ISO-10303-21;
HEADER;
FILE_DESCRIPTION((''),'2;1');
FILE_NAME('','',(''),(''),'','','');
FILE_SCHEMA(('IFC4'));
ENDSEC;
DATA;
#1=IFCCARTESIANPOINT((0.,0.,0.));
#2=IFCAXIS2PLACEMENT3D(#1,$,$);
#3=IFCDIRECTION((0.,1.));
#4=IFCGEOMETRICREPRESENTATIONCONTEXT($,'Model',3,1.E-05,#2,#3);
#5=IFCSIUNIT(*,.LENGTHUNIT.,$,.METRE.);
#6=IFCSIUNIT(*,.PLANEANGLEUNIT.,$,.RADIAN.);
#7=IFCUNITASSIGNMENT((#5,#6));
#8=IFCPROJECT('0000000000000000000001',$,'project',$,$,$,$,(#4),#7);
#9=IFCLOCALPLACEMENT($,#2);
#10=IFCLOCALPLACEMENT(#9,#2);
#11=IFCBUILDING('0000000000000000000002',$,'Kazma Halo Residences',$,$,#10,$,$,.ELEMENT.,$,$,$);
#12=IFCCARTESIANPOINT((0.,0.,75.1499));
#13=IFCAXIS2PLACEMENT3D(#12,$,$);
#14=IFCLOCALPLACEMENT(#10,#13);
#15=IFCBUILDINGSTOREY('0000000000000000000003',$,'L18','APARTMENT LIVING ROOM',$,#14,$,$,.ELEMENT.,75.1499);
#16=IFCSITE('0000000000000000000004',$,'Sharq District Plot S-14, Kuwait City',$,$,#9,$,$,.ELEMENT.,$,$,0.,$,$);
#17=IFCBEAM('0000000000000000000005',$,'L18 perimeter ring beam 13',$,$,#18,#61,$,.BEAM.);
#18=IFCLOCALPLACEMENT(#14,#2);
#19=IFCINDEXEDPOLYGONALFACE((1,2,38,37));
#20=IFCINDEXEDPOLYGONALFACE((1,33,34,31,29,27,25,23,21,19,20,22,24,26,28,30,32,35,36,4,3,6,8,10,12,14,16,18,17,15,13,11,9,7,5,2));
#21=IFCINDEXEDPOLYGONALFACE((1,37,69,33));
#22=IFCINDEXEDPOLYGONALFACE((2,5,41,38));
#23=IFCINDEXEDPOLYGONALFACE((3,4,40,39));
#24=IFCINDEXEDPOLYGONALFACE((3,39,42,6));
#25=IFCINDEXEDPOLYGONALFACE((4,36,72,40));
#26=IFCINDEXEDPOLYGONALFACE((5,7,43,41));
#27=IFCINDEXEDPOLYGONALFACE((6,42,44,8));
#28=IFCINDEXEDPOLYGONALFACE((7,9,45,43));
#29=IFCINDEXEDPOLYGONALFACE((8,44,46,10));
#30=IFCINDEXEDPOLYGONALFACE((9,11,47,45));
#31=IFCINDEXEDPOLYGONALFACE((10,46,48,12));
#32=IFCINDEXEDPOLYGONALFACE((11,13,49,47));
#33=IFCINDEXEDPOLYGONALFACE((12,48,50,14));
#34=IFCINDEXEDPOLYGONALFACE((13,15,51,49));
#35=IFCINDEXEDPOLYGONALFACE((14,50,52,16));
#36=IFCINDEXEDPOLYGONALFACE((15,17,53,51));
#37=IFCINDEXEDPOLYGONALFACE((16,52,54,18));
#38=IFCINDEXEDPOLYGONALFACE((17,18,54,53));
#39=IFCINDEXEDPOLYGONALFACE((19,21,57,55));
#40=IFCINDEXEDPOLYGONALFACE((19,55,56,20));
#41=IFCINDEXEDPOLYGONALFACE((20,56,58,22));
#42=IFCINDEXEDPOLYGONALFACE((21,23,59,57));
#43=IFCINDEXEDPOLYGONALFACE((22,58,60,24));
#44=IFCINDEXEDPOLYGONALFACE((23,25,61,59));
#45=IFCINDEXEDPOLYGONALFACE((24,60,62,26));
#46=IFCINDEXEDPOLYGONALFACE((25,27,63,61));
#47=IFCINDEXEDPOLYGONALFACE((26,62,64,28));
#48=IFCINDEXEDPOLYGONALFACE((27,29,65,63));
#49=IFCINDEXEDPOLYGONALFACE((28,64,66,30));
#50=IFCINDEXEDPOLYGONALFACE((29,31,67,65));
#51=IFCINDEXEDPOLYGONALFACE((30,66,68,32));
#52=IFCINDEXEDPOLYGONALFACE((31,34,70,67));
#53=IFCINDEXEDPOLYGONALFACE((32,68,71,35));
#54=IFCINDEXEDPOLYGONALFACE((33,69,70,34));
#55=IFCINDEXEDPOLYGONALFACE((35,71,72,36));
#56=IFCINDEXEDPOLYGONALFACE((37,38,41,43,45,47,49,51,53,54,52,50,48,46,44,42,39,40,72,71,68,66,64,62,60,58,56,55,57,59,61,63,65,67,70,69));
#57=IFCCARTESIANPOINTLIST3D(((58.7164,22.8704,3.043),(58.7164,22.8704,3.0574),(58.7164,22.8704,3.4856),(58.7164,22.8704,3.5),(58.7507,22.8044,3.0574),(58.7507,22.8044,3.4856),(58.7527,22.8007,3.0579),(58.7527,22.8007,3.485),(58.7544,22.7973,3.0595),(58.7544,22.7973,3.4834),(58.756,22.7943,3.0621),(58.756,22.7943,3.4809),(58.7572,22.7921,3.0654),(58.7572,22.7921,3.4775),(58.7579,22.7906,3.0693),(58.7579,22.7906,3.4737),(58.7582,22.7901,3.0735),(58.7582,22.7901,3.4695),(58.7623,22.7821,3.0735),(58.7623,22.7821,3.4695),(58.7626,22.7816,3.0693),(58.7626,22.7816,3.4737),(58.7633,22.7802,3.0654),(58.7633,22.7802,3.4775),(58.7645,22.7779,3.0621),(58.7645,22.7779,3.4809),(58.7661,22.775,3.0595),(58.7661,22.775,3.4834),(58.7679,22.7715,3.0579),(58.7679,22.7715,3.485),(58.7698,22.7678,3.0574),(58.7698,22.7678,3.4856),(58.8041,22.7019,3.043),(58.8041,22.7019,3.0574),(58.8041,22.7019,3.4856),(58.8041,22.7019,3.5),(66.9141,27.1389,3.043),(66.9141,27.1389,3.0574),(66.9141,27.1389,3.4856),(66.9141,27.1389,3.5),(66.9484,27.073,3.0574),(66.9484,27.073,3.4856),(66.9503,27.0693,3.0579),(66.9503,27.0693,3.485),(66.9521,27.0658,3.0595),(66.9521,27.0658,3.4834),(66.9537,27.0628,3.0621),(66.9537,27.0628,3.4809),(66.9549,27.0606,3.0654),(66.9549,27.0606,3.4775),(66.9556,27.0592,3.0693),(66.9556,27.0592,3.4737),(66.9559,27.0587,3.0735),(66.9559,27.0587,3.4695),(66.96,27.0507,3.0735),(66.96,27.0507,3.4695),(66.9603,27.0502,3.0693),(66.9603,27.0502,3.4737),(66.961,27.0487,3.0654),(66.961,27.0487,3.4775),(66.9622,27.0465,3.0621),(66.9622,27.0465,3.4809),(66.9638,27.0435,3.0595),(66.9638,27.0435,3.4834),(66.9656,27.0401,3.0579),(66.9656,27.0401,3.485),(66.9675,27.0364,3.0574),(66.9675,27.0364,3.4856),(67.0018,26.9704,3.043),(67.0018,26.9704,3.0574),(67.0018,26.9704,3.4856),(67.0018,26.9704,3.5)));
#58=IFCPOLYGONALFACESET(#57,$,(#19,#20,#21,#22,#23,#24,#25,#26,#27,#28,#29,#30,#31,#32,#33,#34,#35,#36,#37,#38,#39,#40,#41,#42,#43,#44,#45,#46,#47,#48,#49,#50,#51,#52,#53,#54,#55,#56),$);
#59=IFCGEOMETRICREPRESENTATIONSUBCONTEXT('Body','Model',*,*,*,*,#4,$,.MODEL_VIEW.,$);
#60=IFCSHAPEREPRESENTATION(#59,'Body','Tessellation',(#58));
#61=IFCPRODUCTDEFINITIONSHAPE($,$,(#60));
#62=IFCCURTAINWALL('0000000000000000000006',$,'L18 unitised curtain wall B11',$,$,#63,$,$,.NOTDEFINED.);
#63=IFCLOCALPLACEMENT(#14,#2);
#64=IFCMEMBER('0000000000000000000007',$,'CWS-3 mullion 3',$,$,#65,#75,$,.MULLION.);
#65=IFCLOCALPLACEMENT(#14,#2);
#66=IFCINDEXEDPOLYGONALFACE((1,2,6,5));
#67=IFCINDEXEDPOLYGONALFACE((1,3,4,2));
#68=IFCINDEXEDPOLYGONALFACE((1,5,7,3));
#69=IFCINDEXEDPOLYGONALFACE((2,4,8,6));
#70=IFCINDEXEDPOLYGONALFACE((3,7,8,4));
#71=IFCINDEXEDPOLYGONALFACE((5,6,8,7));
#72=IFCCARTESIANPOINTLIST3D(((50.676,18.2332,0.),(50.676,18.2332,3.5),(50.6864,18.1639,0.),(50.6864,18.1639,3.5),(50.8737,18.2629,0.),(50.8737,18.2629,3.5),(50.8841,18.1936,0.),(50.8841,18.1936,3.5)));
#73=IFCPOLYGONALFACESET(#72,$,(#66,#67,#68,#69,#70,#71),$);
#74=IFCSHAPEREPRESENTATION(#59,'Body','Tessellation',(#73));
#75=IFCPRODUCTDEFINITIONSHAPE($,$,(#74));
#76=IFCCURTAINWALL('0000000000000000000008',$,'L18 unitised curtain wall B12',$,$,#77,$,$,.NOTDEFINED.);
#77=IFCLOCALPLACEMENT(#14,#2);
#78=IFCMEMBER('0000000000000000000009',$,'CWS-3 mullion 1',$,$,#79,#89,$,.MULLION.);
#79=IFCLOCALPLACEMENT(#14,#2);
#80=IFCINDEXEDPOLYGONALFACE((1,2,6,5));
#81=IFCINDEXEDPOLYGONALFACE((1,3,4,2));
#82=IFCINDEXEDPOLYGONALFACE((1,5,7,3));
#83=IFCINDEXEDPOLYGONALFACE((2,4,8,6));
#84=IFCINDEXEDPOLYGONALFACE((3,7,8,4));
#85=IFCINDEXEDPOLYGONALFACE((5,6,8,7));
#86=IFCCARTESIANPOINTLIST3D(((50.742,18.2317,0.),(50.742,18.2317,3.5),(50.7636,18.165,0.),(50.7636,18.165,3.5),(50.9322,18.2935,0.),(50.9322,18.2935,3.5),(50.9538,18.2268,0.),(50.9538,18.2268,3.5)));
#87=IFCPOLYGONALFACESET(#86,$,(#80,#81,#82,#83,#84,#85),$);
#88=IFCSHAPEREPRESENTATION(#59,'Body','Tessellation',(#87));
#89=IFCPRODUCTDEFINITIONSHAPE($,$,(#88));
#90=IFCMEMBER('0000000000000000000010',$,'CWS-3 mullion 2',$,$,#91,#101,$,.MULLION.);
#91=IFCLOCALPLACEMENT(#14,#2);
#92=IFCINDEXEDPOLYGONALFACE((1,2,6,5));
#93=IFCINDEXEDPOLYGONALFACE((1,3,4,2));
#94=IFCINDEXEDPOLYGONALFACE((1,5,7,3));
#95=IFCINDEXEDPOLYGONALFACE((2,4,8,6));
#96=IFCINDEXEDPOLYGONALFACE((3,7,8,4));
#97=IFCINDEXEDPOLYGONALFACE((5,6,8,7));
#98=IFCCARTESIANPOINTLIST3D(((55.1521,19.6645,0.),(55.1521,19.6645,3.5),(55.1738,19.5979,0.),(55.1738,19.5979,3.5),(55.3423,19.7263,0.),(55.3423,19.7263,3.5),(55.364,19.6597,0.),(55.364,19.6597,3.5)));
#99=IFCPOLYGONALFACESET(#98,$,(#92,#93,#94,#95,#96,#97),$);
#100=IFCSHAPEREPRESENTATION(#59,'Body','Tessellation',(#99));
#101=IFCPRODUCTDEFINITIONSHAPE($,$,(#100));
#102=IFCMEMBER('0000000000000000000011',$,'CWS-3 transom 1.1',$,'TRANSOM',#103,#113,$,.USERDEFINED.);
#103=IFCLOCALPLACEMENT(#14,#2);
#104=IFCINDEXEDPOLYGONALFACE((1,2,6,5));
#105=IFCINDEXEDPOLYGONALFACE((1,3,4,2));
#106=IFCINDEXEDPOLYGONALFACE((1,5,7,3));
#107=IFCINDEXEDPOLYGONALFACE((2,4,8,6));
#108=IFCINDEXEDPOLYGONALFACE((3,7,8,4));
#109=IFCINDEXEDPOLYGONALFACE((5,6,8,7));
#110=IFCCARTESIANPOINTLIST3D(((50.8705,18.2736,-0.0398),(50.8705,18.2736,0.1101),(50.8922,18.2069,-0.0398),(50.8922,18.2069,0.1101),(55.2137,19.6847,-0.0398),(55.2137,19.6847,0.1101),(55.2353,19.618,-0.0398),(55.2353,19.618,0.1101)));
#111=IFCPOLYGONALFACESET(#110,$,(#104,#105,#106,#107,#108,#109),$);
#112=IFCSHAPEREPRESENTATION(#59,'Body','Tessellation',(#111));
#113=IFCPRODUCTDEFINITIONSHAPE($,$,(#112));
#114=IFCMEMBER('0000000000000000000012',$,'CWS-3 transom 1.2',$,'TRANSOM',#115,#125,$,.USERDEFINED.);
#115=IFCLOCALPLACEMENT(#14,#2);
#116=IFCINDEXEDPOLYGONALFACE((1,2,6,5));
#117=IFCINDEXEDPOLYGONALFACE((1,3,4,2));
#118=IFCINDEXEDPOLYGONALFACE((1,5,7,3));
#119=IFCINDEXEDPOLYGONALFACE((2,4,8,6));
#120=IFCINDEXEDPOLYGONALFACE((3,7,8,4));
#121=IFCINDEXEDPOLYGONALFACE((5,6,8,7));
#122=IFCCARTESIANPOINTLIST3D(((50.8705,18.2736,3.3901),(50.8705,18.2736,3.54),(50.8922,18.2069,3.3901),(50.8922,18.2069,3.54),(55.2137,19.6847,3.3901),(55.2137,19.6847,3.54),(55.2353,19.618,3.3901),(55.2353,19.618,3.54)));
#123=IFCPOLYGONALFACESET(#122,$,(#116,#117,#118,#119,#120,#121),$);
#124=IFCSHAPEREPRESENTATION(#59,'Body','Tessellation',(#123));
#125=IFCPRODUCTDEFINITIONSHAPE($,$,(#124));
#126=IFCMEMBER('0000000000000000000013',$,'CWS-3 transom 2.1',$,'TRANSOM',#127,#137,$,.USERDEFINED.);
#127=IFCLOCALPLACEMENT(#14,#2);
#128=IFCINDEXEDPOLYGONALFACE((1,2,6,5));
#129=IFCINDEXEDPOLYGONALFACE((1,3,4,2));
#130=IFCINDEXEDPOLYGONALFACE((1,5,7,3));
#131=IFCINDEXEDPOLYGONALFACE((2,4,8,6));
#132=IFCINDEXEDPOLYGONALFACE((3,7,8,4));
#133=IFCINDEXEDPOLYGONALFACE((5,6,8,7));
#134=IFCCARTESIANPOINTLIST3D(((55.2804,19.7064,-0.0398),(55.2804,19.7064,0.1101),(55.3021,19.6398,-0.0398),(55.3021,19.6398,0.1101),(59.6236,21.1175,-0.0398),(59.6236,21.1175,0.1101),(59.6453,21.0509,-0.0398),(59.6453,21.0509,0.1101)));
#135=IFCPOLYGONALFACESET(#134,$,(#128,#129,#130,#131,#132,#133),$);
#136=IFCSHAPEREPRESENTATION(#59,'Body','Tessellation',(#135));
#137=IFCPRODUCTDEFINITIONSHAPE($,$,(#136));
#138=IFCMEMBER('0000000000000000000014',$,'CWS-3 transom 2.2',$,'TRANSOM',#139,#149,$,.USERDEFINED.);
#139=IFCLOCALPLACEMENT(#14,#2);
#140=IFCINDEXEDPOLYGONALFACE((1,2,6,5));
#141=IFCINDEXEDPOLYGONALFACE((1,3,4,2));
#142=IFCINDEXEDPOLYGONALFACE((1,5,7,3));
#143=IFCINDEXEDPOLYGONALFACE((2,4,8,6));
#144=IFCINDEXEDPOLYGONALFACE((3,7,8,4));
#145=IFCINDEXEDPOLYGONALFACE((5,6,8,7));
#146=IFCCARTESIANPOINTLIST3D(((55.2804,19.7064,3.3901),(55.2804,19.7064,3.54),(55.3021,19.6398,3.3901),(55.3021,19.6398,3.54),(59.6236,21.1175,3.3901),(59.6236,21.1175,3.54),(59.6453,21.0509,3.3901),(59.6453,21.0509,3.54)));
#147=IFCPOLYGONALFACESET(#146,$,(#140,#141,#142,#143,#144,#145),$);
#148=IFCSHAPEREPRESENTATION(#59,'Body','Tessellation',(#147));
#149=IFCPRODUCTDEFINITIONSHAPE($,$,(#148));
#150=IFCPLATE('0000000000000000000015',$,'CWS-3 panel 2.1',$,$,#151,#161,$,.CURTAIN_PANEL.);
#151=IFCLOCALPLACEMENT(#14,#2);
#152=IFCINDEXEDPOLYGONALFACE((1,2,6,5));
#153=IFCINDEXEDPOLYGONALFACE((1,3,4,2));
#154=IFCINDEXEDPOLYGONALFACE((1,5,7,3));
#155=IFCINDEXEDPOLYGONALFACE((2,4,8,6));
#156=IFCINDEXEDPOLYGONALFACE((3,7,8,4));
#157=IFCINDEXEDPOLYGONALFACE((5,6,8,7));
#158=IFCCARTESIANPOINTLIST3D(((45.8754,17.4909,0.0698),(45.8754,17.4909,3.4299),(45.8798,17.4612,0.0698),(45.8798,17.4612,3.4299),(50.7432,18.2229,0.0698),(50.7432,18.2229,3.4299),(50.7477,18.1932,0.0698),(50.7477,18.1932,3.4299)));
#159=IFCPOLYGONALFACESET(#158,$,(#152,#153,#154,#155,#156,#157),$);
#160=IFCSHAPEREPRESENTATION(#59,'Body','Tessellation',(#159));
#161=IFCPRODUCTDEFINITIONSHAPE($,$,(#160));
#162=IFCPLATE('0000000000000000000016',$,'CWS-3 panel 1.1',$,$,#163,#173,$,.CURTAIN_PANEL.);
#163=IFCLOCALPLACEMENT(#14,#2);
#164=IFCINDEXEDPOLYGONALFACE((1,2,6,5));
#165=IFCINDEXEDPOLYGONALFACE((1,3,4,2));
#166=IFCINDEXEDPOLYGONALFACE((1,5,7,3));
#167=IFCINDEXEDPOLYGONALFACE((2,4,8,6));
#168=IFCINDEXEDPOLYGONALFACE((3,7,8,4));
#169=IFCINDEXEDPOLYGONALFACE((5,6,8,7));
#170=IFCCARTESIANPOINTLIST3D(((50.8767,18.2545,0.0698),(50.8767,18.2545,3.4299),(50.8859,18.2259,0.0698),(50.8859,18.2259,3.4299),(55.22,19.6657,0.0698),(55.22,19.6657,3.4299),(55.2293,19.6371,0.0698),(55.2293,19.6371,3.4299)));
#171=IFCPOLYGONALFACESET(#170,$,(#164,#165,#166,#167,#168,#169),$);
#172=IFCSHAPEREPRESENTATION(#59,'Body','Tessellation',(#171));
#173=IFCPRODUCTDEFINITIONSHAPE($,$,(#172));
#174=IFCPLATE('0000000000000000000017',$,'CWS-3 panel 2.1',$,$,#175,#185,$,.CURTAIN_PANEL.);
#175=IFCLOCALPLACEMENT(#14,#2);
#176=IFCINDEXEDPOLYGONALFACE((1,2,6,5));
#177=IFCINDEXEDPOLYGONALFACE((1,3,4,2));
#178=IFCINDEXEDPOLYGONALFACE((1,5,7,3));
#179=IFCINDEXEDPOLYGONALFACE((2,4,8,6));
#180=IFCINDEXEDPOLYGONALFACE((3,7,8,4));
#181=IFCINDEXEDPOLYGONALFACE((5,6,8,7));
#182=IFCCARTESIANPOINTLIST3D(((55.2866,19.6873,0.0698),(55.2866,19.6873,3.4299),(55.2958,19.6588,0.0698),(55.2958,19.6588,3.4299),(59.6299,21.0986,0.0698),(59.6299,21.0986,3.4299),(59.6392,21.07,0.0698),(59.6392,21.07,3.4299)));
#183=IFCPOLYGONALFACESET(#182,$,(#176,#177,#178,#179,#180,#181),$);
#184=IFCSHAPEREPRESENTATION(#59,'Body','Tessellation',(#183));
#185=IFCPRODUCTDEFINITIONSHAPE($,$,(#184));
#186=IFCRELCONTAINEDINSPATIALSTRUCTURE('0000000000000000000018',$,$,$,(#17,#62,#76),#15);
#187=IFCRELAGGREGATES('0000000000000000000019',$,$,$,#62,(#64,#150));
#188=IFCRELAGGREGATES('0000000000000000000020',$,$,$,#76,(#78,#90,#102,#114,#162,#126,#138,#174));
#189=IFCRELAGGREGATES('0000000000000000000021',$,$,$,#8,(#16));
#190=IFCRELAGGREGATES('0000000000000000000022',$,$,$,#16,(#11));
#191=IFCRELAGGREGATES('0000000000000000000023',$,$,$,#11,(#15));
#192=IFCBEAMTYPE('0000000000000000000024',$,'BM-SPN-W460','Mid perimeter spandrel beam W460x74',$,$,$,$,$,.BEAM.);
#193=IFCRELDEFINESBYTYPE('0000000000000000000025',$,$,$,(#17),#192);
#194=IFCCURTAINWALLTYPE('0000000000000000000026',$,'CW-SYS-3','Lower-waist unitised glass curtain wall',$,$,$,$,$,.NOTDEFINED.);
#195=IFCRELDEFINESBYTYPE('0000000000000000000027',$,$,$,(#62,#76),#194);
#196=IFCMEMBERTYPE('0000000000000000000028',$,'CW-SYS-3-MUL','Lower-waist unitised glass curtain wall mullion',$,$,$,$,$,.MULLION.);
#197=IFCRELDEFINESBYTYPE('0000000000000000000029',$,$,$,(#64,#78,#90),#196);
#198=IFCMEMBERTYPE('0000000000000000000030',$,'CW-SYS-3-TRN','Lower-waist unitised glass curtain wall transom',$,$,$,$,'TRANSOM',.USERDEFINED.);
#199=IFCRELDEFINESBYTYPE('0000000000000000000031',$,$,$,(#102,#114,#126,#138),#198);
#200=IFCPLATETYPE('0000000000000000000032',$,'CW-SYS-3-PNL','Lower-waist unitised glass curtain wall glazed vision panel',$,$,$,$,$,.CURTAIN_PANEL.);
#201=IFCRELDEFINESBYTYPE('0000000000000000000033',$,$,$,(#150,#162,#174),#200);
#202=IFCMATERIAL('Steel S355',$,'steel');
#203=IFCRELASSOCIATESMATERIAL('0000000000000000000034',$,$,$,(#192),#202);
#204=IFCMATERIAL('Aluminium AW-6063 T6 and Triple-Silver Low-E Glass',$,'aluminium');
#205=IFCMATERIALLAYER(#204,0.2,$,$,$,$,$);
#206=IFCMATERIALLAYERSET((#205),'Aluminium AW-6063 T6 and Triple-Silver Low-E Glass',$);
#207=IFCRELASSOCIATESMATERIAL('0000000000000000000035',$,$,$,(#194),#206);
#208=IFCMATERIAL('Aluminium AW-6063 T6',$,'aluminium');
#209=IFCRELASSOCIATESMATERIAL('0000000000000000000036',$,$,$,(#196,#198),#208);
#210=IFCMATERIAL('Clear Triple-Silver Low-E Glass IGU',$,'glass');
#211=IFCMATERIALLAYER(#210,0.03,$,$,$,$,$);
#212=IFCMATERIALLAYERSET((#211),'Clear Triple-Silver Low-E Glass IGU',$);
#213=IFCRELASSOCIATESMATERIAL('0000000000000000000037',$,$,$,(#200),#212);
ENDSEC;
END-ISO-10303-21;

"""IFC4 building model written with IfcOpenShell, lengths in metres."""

from ifc_helpers import new_model, si_unit, direction, frame, origin, origin_2d, place, context, subcontext, project, spatial, rectangle, i_section, extrude, material, layer, layer_set, material_profile, profile_set, type_object, element, aggregate, save


model = new_model("IFC4")

# Units and contexts
model_context = context("Model", 3, precision=1e-05, world=origin(), true_north=direction((0.0, 1.0)))
body_context = subcontext(model_context, "Body", "Model", "MODEL_VIEW")
ifc_project = project(units=[si_unit("LENGTHUNIT", "METRE"), si_unit("PLANEANGLEUNIT", "RADIAN")], contexts=[model_context])

# Site, building, storey
site_placement = place(None, origin())
site = spatial("IfcSite", under=ifc_project, at=site_placement, Name="Sharq District Plot S-14, Kuwait City", CompositionType="ELEMENT", RefElevation=0.0)
building_placement = place(site_placement, origin())
building = spatial("IfcBuilding", under=site, at=building_placement, Name="Kazma Halo Residences", CompositionType="ELEMENT")
storey_placement = place(building_placement, frame((0.0, 0.0, 75.1499)))
storey = spatial("IfcBuildingStorey", under=building, at=storey_placement, Name="L18", Description="APARTMENT LIVING ROOM", CompositionType="ELEMENT", Elevation=75.1499)

# Beam
ifc_material_1 = material(Name="Steel S355", Category="steel")
ifc_material_profile_1 = material_profile(ifc_material_1, i_section(OverallWidth=0.1899, OverallDepth=0.457, WebThickness=0.009, FlangeThickness=0.0144, FilletRadius=0.0161, at=origin_2d()), Name="W460x74")
ifc_profile_set_1 = profile_set([ifc_material_profile_1], Name="Steel S355")
beam_type_1 = type_object("IfcBeamType", Name="BM-SPN-W460", Description="Mid perimeter spandrel beam W460x74", PredefinedType="BEAM", material=ifc_profile_set_1)
beam_1_placement = place(storey_placement, frame((58.7603, 22.7861, 3.2715), z_axis=(0.886963, 0.46184, 0.0), x_axis=(-0.46184, 0.886963, 0.0)))
element("IfcBeam", 1, at=beam_1_placement, inside=storey, type_object=beam_type_1, Name="L18 perimeter ring beam 13", PredefinedType="BEAM", context=body_context, shape_type="SweptSolid", body=[
    extrude(i_section(OverallWidth=0.1899, OverallDepth=0.457, WebThickness=0.009, FlangeThickness=0.0144, FilletRadius=0.0161, at=origin_2d()), origin(), (0.0, 0.0, 1.0), 9.2424),
])

# Curtain wall, member
ifc_material_2 = material(Name="Aluminium AW-6063 T6 and Triple-Silver Low-E Glass", Category="aluminium")
ifc_layer_1 = layer(ifc_material_2, 0.2)
ifc_layer_set_1 = layer_set([ifc_layer_1], Name="Aluminium AW-6063 T6 and Triple-Silver Low-E Glass")
curtain_wall_type = type_object("IfcCurtainWallType", Name="CW-SYS-3", Description="Lower-waist unitised glass curtain wall", PredefinedType="NOTDEFINED", material=ifc_layer_set_1)
curtain_wall_1_placement = place(storey_placement, origin())
curtain_wall_1 = element("IfcCurtainWall", 2, at=curtain_wall_1_placement, inside=storey, type_object=curtain_wall_type, Name="L18 unitised curtain wall B11", PredefinedType="NOTDEFINED")
ifc_material_3 = material(Name="Aluminium AW-6063 T6", Category="aluminium")
ifc_material_profile_2 = material_profile(ifc_material_3, rectangle(XDim=0.0701, YDim=0.2, at=origin_2d()), Name="CWM-70x200")
ifc_profile_set_2 = profile_set([ifc_material_profile_2], Name="Aluminium AW-6063 T6")
member_type_1 = type_object("IfcMemberType", Name="CW-SYS-3-MUL", Description="Lower-waist unitised glass curtain wall mullion", PredefinedType="MULLION", material=ifc_profile_set_2)
member_1_placement = place(storey_placement, frame((50.78, 18.2134, 0.0), z_axis=(0.0, 0.0, 1.0), x_axis=(-0.148717, 0.98888, 0.0)))
member_1 = element("IfcMember", 3, at=member_1_placement, type_object=member_type_1, Name="CWS-3 mullion 3", PredefinedType="MULLION", context=body_context, shape_type="SweptSolid", body=[
    extrude(rectangle(XDim=0.0701, YDim=0.2, at=origin_2d()), origin(), (0.0, 0.0, 1.0), 3.5),
])

# Curtain wall, members
curtain_wall_2_placement = place(storey_placement, origin())
curtain_wall_2 = element("IfcCurtainWall", 4, at=curtain_wall_2_placement, inside=storey, type_object=curtain_wall_type, Name="L18 unitised curtain wall B12", PredefinedType="NOTDEFINED")
member_2_placement = place(storey_placement, frame((50.8479, 18.2292, 0.0), z_axis=(0.0, 0.0, 1.0), x_axis=(-0.309017, 0.951056, 0.0)))
member_2 = element("IfcMember", 5, at=member_2_placement, type_object=member_type_1, Name="CWS-3 mullion 1", PredefinedType="MULLION", context=body_context, shape_type="SweptSolid", body=[
    extrude(rectangle(XDim=0.0701, YDim=0.2, at=origin_2d()), origin(), (0.0, 0.0, 1.0), 3.5),
])
member_3_placement = place(storey_placement, frame((55.2581, 19.6621, 0.0), z_axis=(0.0, 0.0, 1.0), x_axis=(-0.309017, 0.951056, 0.0)))
member_3 = element("IfcMember", 6, at=member_3_placement, type_object=member_type_1, Name="CWS-3 mullion 2", PredefinedType="MULLION", context=body_context, shape_type="SweptSolid", body=[
    extrude(rectangle(XDim=0.0701, YDim=0.2, at=origin_2d()), origin(), (0.0, 0.0, 1.0), 3.5),
])
ifc_material_profile_3 = material_profile(ifc_material_3, rectangle(XDim=0.0701, YDim=0.1499, at=origin_2d()), Name="CWT-70x150")
ifc_profile_set_3 = profile_set([ifc_material_profile_3], Name="Aluminium AW-6063 T6")
member_type_2 = type_object("IfcMemberType", Name="CW-SYS-3-TRN", Description="Lower-waist unitised glass curtain wall transom", ElementType="TRANSOM", PredefinedType="USERDEFINED", material=ifc_profile_set_3)
member_4_placement = place(storey_placement, frame((50.8813, 18.2402, 0.0352), z_axis=(0.951062, 0.309001, 0.0), x_axis=(-0.309001, 0.951062, 0.0)))
member_4 = element("IfcMember", 7, at=member_4_placement, type_object=member_type_2, Name="CWS-3 transom 1.1", ObjectType="TRANSOM", PredefinedType="USERDEFINED", context=body_context, shape_type="SweptSolid", body=[
    extrude(rectangle(XDim=0.0701, YDim=0.1499, at=origin_2d()), origin(), (0.0, 0.0, 1.0), 4.5667),
])
member_5_placement = place(storey_placement, frame((50.8813, 18.2402, 3.4651), z_axis=(0.951062, 0.309001, 0.0), x_axis=(-0.309001, 0.951062, 0.0)))
member_5 = element("IfcMember", 8, at=member_5_placement, type_object=member_type_2, Name="CWS-3 transom 1.2", ObjectType="TRANSOM", PredefinedType="USERDEFINED", context=body_context, shape_type="SweptSolid", body=[
    extrude(rectangle(XDim=0.0701, YDim=0.1499, at=origin_2d()), origin(), (0.0, 0.0, 1.0), 4.5667),
])
member_6_placement = place(storey_placement, frame((55.2913, 19.6731, 0.0352), z_axis=(0.951062, 0.309001, 0.0), x_axis=(-0.309001, 0.951062, 0.0)))
member_6 = element("IfcMember", 9, at=member_6_placement, type_object=member_type_2, Name="CWS-3 transom 2.1", ObjectType="TRANSOM", PredefinedType="USERDEFINED", context=body_context, shape_type="SweptSolid", body=[
    extrude(rectangle(XDim=0.0701, YDim=0.1499, at=origin_2d()), origin(), (0.0, 0.0, 1.0), 4.5667),
])
member_7_placement = place(storey_placement, frame((55.2913, 19.6731, 3.4651), z_axis=(0.951062, 0.309001, 0.0), x_axis=(-0.309001, 0.951062, 0.0)))
member_7 = element("IfcMember", 10, at=member_7_placement, type_object=member_type_2, Name="CWS-3 transom 2.2", ObjectType="TRANSOM", PredefinedType="USERDEFINED", context=body_context, shape_type="SweptSolid", body=[
    extrude(rectangle(XDim=0.0701, YDim=0.1499, at=origin_2d()), origin(), (0.0, 0.0, 1.0), 4.5667),
])

# Plates
ifc_material_4 = material(Name="Clear Triple-Silver Low-E Glass IGU", Category="glass")
ifc_layer_2 = layer(ifc_material_4, 0.03)
ifc_layer_set_2 = layer_set([ifc_layer_2], Name="Clear Triple-Silver Low-E Glass IGU")
plate_type = type_object("IfcPlateType", Name="CW-SYS-3-PNL", Description="Lower-waist unitised glass curtain wall glazed vision panel", PredefinedType="CURTAIN_PANEL", material=ifc_layer_set_2)
plate_1_placement = place(storey_placement, frame((48.3115, 17.842, 0.0698), z_axis=(0.0, 0.0, 1.0), x_axis=(0.98888, 0.148717, 0.0)))
plate_1 = element("IfcPlate", 11, at=plate_1_placement, type_object=plate_type, Name="CWS-3 panel 2.1", PredefinedType="CURTAIN_PANEL", context=body_context, shape_type="SweptSolid", body=[
    extrude(rectangle(XDim=4.9226, YDim=0.03, at=origin_2d()), origin(), (0.0, 0.0, 1.0), 3.3601),
])
aggregate(curtain_wall_1, [member_1, plate_1])
plate_2_placement = place(storey_placement, frame((53.053, 18.9458, 0.0698), z_axis=(0.0, 0.0, 1.0), x_axis=(0.951056, 0.309017, 0.0)))
plate_2 = element("IfcPlate", 12, at=plate_2_placement, type_object=plate_type, Name="CWS-3 panel 1.1", PredefinedType="CURTAIN_PANEL", context=body_context, shape_type="SweptSolid", body=[
    extrude(rectangle(XDim=4.5669, YDim=0.03, at=origin_2d()), origin(), (0.0, 0.0, 1.0), 3.3601),
])
plate_3_placement = place(storey_placement, frame((57.4629, 20.3787, 0.0698), z_axis=(0.0, 0.0, 1.0), x_axis=(0.951056, 0.309017, 0.0)))
plate_3 = element("IfcPlate", 13, at=plate_3_placement, type_object=plate_type, Name="CWS-3 panel 2.1", PredefinedType="CURTAIN_PANEL", context=body_context, shape_type="SweptSolid", body=[
    extrude(rectangle(XDim=4.5669, YDim=0.03, at=origin_2d()), origin(), (0.0, 0.0, 1.0), 3.3601),
])
aggregate(curtain_wall_2, [member_2, member_3, member_4, member_5, plate_2, member_6, member_7, plate_3])

save(model, "model.ifc")
